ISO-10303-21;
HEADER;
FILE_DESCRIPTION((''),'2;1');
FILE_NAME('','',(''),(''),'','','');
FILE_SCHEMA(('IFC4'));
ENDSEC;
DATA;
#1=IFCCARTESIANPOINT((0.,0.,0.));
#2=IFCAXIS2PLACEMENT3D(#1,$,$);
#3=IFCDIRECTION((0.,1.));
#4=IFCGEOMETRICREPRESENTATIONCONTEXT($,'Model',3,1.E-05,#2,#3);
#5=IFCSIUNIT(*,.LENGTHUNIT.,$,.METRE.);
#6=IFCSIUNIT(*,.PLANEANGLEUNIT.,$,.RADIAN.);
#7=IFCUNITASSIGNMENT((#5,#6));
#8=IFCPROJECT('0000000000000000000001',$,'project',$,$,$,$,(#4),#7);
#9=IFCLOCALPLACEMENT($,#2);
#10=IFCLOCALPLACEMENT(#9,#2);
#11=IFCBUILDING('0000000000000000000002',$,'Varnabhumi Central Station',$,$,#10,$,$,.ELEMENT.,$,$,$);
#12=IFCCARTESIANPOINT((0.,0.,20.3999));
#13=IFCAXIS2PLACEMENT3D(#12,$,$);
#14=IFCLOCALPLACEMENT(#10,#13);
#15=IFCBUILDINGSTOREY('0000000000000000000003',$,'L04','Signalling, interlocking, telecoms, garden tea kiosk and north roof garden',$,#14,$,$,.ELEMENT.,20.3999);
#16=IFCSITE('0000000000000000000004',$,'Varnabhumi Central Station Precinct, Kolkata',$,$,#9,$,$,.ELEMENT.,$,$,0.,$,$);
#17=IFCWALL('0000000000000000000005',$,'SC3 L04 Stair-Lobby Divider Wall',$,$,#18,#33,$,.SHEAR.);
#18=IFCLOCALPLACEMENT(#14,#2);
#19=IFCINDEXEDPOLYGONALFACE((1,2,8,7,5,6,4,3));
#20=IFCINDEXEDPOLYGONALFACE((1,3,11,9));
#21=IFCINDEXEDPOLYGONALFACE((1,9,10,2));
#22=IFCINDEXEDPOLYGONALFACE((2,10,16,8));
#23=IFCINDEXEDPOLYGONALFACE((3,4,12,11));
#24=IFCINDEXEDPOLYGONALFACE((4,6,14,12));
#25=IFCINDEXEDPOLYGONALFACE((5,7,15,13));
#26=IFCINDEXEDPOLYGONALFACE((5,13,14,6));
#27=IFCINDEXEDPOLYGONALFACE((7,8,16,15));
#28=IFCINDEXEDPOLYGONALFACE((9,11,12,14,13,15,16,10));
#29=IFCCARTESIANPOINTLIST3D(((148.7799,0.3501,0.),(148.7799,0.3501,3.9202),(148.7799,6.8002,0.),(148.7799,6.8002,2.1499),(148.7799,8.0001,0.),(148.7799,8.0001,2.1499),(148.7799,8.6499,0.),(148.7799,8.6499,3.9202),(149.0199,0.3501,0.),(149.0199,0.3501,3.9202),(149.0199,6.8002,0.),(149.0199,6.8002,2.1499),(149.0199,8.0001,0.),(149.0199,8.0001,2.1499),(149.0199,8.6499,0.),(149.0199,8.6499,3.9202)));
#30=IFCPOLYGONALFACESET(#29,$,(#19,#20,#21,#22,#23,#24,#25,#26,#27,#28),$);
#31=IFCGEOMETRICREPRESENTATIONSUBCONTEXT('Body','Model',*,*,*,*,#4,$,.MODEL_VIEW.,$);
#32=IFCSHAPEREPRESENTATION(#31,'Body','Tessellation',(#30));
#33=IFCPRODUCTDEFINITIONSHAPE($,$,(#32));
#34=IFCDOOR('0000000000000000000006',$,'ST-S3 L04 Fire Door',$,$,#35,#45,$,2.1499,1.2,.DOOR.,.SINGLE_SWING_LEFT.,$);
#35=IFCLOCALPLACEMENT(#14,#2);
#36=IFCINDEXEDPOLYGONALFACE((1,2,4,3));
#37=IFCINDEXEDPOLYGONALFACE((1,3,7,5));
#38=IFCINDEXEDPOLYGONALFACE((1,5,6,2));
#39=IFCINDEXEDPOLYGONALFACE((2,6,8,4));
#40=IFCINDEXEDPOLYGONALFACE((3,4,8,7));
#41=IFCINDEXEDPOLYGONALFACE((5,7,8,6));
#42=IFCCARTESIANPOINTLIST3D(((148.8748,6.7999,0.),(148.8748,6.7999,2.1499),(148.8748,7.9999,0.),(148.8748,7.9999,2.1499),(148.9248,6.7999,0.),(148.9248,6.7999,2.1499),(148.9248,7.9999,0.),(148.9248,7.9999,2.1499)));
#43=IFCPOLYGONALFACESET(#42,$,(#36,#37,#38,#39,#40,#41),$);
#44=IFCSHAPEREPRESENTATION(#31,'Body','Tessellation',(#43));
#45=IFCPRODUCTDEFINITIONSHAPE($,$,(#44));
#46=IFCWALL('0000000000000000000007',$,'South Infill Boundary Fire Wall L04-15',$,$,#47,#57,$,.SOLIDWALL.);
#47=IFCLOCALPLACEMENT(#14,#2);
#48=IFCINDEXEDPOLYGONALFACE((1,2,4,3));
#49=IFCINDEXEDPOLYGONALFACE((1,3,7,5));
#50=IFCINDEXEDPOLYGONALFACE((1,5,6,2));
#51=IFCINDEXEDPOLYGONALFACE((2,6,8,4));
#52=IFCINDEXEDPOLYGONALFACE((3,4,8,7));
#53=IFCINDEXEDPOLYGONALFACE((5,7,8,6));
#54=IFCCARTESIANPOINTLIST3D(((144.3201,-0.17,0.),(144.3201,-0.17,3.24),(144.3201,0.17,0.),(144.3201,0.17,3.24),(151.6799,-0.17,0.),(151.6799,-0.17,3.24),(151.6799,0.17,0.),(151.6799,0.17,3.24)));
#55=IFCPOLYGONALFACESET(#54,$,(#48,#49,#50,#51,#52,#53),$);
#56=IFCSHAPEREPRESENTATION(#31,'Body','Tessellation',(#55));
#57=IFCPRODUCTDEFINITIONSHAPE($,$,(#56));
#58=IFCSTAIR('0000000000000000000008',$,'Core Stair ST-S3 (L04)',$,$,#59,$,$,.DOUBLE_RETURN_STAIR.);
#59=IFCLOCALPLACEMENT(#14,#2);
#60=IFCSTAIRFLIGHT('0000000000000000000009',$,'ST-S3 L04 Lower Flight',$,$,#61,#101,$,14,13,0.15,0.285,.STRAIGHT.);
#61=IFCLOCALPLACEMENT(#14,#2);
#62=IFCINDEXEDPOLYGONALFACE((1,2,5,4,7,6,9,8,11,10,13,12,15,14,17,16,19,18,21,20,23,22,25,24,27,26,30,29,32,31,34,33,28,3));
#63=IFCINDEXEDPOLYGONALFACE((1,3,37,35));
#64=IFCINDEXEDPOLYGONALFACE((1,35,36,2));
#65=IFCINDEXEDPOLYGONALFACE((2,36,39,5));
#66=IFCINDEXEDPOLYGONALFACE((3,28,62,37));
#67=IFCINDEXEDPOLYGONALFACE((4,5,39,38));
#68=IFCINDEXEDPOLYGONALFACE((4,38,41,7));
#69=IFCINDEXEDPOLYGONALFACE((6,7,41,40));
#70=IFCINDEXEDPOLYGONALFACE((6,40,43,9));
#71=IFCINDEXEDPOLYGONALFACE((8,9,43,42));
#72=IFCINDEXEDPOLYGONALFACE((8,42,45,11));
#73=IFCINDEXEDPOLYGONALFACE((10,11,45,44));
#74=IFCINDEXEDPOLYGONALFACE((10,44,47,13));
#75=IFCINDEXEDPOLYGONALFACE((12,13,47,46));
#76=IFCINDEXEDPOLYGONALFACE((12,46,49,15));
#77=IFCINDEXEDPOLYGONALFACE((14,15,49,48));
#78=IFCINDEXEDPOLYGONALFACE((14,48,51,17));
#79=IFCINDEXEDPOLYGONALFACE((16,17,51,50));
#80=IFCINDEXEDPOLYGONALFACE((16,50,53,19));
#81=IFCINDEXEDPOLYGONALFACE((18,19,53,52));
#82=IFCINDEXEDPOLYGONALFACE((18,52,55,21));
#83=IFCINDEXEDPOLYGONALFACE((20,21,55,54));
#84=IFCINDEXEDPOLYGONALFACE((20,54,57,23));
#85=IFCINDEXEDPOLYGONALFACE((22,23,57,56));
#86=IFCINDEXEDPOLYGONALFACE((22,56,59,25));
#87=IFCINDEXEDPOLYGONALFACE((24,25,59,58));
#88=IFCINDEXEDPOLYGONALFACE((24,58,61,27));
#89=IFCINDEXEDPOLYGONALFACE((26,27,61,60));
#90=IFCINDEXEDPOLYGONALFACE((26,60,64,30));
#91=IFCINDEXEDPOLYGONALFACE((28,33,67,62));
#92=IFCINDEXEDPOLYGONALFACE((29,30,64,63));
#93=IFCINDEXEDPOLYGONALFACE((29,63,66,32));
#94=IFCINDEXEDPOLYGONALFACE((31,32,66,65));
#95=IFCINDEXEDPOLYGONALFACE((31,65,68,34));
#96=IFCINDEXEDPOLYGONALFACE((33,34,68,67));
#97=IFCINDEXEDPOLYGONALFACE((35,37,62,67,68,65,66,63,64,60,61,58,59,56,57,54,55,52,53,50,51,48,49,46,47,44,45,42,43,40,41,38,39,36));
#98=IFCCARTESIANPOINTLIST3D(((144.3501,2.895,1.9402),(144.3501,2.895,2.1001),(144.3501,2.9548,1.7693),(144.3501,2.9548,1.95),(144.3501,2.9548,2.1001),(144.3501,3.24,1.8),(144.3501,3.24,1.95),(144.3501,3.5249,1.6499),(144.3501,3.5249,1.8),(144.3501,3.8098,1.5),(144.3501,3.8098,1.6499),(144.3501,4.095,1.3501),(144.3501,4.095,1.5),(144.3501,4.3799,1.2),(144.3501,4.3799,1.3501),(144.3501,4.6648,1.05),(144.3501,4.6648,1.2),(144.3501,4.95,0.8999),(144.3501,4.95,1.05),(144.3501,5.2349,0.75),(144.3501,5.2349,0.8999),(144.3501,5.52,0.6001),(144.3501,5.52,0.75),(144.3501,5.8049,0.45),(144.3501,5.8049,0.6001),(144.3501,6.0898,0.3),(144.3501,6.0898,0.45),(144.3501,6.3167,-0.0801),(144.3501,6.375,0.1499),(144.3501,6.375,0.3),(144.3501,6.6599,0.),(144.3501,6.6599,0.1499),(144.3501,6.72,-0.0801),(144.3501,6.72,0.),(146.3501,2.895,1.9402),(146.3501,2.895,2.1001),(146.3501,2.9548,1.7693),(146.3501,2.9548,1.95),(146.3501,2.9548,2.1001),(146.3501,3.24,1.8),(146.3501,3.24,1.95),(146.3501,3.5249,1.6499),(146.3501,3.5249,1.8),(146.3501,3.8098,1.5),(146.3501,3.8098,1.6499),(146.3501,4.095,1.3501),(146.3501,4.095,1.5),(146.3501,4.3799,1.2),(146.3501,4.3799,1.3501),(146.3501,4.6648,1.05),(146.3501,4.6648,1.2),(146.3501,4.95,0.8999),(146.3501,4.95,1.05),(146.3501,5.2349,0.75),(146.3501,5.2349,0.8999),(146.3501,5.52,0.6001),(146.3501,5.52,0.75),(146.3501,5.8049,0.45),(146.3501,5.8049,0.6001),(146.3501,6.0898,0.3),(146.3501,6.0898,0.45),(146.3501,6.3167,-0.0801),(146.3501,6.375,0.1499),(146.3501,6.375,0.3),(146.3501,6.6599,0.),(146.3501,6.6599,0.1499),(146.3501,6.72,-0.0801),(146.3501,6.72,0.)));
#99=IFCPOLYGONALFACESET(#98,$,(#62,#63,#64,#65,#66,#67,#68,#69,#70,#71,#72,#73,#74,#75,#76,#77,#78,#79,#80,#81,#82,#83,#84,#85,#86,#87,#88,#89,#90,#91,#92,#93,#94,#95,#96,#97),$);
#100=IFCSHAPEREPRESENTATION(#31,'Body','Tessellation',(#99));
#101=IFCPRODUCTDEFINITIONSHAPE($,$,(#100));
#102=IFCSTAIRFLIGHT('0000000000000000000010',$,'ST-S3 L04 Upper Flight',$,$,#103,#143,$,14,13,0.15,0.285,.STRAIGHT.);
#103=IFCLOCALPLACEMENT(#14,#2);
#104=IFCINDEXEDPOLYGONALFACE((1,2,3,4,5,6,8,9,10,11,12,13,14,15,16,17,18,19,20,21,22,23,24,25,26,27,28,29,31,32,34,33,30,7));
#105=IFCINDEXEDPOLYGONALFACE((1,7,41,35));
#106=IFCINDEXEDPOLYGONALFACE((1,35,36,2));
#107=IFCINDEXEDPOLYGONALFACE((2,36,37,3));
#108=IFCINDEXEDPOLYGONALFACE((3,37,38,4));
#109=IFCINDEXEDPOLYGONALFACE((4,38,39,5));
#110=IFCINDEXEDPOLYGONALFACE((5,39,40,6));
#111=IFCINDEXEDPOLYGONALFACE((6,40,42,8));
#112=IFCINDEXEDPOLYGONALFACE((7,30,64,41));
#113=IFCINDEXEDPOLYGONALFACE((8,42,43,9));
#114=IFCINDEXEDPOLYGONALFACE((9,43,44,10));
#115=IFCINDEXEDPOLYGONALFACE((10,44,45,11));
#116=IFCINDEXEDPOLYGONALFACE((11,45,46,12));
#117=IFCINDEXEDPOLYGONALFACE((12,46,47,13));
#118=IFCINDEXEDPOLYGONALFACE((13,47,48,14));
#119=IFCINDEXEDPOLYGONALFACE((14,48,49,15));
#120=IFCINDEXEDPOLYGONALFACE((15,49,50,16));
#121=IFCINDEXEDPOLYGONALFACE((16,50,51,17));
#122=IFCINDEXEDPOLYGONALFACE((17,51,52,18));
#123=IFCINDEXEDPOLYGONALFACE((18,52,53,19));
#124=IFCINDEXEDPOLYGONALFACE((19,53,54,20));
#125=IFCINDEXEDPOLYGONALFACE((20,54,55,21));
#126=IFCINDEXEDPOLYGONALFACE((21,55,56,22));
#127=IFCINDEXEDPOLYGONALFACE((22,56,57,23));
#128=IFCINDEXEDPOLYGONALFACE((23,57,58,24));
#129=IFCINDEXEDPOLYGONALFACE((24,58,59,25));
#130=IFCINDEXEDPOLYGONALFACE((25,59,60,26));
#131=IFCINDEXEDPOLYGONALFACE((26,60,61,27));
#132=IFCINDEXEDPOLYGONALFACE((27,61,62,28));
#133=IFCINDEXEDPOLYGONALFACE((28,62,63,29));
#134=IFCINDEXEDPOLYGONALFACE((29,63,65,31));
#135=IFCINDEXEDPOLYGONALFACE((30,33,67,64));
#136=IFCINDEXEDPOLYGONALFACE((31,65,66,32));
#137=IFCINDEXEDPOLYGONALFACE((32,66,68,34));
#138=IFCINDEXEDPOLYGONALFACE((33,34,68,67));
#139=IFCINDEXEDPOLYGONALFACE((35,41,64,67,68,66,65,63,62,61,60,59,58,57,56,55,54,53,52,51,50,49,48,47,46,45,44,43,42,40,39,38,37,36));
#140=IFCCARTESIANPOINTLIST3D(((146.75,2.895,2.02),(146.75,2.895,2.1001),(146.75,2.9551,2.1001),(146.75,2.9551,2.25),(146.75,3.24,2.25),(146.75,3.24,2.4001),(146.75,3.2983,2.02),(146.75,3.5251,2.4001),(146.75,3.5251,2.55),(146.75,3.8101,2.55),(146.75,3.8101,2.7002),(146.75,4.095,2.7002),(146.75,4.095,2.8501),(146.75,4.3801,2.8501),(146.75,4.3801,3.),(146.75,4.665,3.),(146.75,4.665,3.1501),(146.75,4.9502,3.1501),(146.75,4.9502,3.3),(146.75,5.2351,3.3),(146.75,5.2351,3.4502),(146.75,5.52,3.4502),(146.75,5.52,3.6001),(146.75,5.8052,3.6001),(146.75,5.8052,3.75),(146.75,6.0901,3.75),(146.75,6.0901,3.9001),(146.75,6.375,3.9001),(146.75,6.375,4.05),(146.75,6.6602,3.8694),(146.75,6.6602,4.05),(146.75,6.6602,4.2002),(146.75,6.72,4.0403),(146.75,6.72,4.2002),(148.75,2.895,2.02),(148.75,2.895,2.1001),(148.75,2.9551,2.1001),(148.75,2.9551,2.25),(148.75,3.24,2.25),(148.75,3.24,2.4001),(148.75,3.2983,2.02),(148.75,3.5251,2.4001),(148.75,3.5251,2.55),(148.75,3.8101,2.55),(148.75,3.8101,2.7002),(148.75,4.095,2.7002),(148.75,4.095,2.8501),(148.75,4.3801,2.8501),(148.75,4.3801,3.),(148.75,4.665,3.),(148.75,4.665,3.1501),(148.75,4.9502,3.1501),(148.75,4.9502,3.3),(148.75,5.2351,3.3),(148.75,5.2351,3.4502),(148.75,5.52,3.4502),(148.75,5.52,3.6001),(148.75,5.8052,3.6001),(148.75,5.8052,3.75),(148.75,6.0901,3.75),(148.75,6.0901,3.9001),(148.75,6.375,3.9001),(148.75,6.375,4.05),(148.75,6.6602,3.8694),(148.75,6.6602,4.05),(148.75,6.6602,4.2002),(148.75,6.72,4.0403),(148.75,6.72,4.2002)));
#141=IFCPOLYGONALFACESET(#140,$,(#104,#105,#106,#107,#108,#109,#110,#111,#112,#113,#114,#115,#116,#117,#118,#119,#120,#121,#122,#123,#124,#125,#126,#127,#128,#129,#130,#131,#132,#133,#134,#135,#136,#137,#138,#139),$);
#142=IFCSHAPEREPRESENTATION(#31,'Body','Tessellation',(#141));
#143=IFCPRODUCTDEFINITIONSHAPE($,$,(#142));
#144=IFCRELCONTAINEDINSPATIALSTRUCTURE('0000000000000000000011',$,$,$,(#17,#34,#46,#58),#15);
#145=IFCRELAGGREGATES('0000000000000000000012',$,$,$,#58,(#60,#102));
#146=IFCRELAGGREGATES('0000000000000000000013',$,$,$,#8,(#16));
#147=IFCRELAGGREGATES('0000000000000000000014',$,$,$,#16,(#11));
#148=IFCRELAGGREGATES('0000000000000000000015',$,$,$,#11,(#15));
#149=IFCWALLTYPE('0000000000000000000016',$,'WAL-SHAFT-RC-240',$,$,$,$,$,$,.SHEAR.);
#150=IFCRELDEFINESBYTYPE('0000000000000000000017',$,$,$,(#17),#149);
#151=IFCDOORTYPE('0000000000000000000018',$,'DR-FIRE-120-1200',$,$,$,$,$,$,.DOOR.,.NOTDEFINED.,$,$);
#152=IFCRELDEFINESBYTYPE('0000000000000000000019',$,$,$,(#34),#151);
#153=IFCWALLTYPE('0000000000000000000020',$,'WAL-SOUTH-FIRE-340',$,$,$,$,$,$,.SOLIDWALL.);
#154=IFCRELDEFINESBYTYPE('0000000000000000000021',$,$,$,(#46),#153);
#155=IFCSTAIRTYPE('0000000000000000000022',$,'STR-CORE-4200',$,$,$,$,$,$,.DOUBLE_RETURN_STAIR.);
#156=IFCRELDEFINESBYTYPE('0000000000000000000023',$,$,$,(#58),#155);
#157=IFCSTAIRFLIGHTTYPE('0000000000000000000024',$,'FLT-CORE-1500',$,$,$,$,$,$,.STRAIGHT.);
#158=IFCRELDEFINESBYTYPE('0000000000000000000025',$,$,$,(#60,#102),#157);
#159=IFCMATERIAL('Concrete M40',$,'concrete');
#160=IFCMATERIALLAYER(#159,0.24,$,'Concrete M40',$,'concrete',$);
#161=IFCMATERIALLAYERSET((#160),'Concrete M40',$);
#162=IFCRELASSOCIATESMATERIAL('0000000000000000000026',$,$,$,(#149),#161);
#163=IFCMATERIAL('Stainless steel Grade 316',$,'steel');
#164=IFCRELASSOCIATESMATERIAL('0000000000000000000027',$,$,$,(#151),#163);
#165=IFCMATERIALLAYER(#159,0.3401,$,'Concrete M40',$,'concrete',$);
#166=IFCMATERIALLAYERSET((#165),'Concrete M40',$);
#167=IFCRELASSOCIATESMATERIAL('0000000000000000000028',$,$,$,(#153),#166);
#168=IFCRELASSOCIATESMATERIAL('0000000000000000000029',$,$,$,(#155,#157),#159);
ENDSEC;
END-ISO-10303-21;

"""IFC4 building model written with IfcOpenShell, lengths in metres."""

from ifc_helpers import new_model, si_unit, direction, frame, frame_2d, origin, place, context, subcontext, project, spatial, polyline, rectangle, outline, extrude, material, layer, layer_set, type_object, element, fill, aggregate, save


model = new_model("IFC4")

# Units and contexts
model_context = context("Model", 3, precision=1e-05, world=origin(), true_north=direction((0.0, 1.0)))
body_context = subcontext(model_context, "Body", "Model", "MODEL_VIEW")
ifc_project = project(units=[si_unit("LENGTHUNIT", "METRE"), si_unit("PLANEANGLEUNIT", "RADIAN")], contexts=[model_context])

# Site, building, storey
site_placement = place(None, origin())
site = spatial("IfcSite", under=ifc_project, at=site_placement, Name="Varnabhumi Central Station Precinct, Kolkata", CompositionType="ELEMENT", RefElevation=0.0)
building_placement = place(site_placement, origin())
building = spatial("IfcBuilding", under=site, at=building_placement, Name="Varnabhumi Central Station", CompositionType="ELEMENT")
storey_placement = place(building_placement, frame((0.0, 0.0, 20.3999)))
storey = spatial("IfcBuildingStorey", under=building, at=storey_placement, Name="L04", Description="Signalling, interlocking, telecoms, garden tea kiosk and north roof garden", CompositionType="ELEMENT", Elevation=20.3999)

# Shared definitions
ifc_material_1 = material(Name="Concrete M40", Category="concrete")

# Wall, opening, door
ifc_layer_1 = layer(ifc_material_1, 0.24, Name="Concrete M40", Category="concrete")
ifc_layer_set_1 = layer_set([ifc_layer_1], Name="Concrete M40")
wall_type_1 = type_object("IfcWallType", Name="WAL-SHAFT-RC-240", PredefinedType="SHEAR", material=ifc_layer_set_1)
wall_1_placement = place(storey_placement, frame((148.8999, 0.3501, 0.0), z_axis=(0.0, 0.0, 1.0), x_axis=(0.0, 1.0, 0.0)))
wall_1 = element("IfcWall", 1, at=wall_1_placement, inside=storey, type_object=wall_type_1, Name="SC3 L04 Stair-Lobby Divider Wall", PredefinedType="SHEAR", context=body_context, shape_type="SweptSolid", body=[
    extrude(rectangle(XDim=8.2998, YDim=0.24, at=frame_2d((4.1499, 0.0))), origin(), (0.0, 0.0, 1.0), 3.9202),
])
opening_1_placement = place(wall_1_placement, frame((6.45, 0.0, 0.0)))
opening_1 = element("IfcOpeningElement", 2, at=opening_1_placement, cuts=wall_1, PredefinedType="OPENING", context=body_context, shape_type="SweptSolid", body=[
    extrude(rectangle(XDim=1.2, YDim=2.1499, at=frame_2d((0.6001, 1.075))), frame((0.0, 0.1299, 0.0), z_axis=(0.0, -1.0, 0.0), x_axis=(1.0, 0.0, 0.0)), (0.0, 0.0, 1.0), 0.26),
])
ifc_material_2 = material(Name="Stainless steel Grade 316", Category="steel")
door_type_1 = type_object("IfcDoorType", Name="DR-FIRE-120-1200", OperationType="NOTDEFINED", PredefinedType="DOOR", material=ifc_material_2)
door_1_placement = place(opening_1_placement, frame((1.2, 0.0, 0.0), z_axis=(0.0, 0.0, 1.0), x_axis=(-1.0, 0.0, 0.0)))
door_1 = element("IfcDoor", 3, at=door_1_placement, inside=storey, type_object=door_type_1, Name="ST-S3 L04 Fire Door", OperationType="SINGLE_SWING_LEFT", OverallHeight=2.1499, OverallWidth=1.2, PredefinedType="DOOR", context=body_context, shape_type="SweptSolid", body=[
    extrude(rectangle(XDim=1.2, YDim=2.1499, at=frame_2d((0.6001, 1.075))), frame((0.0, 0.0249, 0.0), z_axis=(0.0, -1.0, 0.0), x_axis=(1.0, 0.0, 0.0)), (0.0, 0.0, 1.0), 0.05),
])
fill(opening_1, door_1)

# Wall
ifc_layer_2 = layer(ifc_material_1, 0.3401, Name="Concrete M40", Category="concrete")
ifc_layer_set_2 = layer_set([ifc_layer_2], Name="Concrete M40")
wall_type_2 = type_object("IfcWallType", Name="WAL-SOUTH-FIRE-340", PredefinedType="SOLIDWALL", material=ifc_layer_set_2)
wall_2_placement = place(storey_placement, frame((144.3201, 0.0, 0.0), z_axis=(0.0, 0.0, 1.0), x_axis=(1.0, 0.0, 0.0)))
element("IfcWall", 4, at=wall_2_placement, inside=storey, type_object=wall_type_2, Name="South Infill Boundary Fire Wall L04-15", PredefinedType="SOLIDWALL", context=body_context, shape_type="SweptSolid", body=[
    extrude(rectangle(XDim=7.3599, YDim=0.3401, at=frame_2d((3.6799, 0.0))), origin(), (0.0, 0.0, 1.0), 3.24),
])

# Stair, stair flights
stair_type = type_object("IfcStairType", Name="STR-CORE-4200", PredefinedType="DOUBLE_RETURN_STAIR", material=ifc_material_1)
stair_placement = place(storey_placement, origin())
stair = element("IfcStair", 5, at=stair_placement, inside=storey, type_object=stair_type, Name="Core Stair ST-S3 (L04)", PredefinedType="DOUBLE_RETURN_STAIR")
stair_flight_type = type_object("IfcStairFlightType", Name="FLT-CORE-1500", PredefinedType="STRAIGHT", material=ifc_material_1)
stair_flight_1_placement = place(storey_placement, frame((145.3501, 6.6599, 0.0), z_axis=(0.0, 0.0, 1.0), x_axis=(0.0, -1.0, 0.0)))
stair_flight_1 = element("IfcStairFlight", 6, at=stair_flight_1_placement, type_object=stair_flight_type, Name="ST-S3 L04 Lower Flight", NumberOfRisers=14, NumberOfTreads=13, PredefinedType="STRAIGHT", RiserHeight=0.15, TreadLength=0.285, context=body_context, shape_type="SweptSolid", body=[
    extrude(outline(polyline([(-0.0601, -0.0801), (-0.0601, 0.0), (0.0, 0.0), (0.0, 0.1499), (0.2849, 0.1499), (0.2849, 0.3), (0.5701, 0.3), (0.5701, 0.45), (0.855, 0.45), (0.855, 0.6001), (1.1399, 0.6001), (1.1399, 0.75), (1.425, 0.75), (1.425, 0.8999), (1.71, 0.8999), (1.71, 1.05), (1.9951, 1.05), (1.9951, 1.2), (2.28, 1.2), (2.28, 1.3501), (2.5649, 1.3501), (2.5649, 1.5), (2.8501, 1.5), (2.8501, 1.6499), (3.135, 1.6499), (3.135, 1.8), (3.4199, 1.8), (3.4199, 1.95), (3.7051, 1.95), (3.7051, 2.1001), (3.7649, 2.1001), (3.7649, 1.9402), (3.7051, 1.7693), (0.3433, -0.0801), (-0.0601, -0.0801)])), frame((0.0, 1.0, 0.0), z_axis=(0.0, -1.0, 0.0), x_axis=(1.0, 0.0, 0.0)), (0.0, 0.0, 1.0), 2.0),
])
stair_flight_2_placement = place(storey_placement, frame((147.75, 2.9551, 2.1001), z_axis=(0.0, 0.0, 1.0), x_axis=(0.0, 1.0, 0.0)))
stair_flight_2 = element("IfcStairFlight", 7, at=stair_flight_2_placement, type_object=stair_flight_type, Name="ST-S3 L04 Upper Flight", NumberOfRisers=14, NumberOfTreads=13, PredefinedType="STRAIGHT", RiserHeight=0.15, TreadLength=0.285, context=body_context, shape_type="SweptSolid", body=[
    extrude(outline(polyline([(-0.0601, -0.0801), (-0.0601, 0.0), (0.0, 0.0), (0.0, 0.1499), (0.2849, 0.1499), (0.2849, 0.3), (0.5701, 0.3), (0.5701, 0.45), (0.855, 0.45), (0.855, 0.6001), (1.1399, 0.6001), (1.1399, 0.75), (1.425, 0.75), (1.425, 0.8999), (1.71, 0.8999), (1.71, 1.05), (1.9951, 1.05), (1.9951, 1.2), (2.28, 1.2), (2.28, 1.3501), (2.5649, 1.3501), (2.5649, 1.5), (2.8501, 1.5), (2.8501, 1.6499), (3.135, 1.6499), (3.135, 1.8), (3.4199, 1.8), (3.4199, 1.95), (3.7051, 1.95), (3.7051, 2.1001), (3.7649, 2.1001), (3.7649, 1.9402), (3.7051, 1.7693), (0.3433, -0.0801), (-0.0601, -0.0801)])), frame((0.0, 1.0, 0.0), z_axis=(0.0, -1.0, 0.0), x_axis=(1.0, 0.0, 0.0)), (0.0, 0.0, 1.0), 2.0),
])
aggregate(stair, [stair_flight_1, stair_flight_2])

save(model, "model.ifc")
